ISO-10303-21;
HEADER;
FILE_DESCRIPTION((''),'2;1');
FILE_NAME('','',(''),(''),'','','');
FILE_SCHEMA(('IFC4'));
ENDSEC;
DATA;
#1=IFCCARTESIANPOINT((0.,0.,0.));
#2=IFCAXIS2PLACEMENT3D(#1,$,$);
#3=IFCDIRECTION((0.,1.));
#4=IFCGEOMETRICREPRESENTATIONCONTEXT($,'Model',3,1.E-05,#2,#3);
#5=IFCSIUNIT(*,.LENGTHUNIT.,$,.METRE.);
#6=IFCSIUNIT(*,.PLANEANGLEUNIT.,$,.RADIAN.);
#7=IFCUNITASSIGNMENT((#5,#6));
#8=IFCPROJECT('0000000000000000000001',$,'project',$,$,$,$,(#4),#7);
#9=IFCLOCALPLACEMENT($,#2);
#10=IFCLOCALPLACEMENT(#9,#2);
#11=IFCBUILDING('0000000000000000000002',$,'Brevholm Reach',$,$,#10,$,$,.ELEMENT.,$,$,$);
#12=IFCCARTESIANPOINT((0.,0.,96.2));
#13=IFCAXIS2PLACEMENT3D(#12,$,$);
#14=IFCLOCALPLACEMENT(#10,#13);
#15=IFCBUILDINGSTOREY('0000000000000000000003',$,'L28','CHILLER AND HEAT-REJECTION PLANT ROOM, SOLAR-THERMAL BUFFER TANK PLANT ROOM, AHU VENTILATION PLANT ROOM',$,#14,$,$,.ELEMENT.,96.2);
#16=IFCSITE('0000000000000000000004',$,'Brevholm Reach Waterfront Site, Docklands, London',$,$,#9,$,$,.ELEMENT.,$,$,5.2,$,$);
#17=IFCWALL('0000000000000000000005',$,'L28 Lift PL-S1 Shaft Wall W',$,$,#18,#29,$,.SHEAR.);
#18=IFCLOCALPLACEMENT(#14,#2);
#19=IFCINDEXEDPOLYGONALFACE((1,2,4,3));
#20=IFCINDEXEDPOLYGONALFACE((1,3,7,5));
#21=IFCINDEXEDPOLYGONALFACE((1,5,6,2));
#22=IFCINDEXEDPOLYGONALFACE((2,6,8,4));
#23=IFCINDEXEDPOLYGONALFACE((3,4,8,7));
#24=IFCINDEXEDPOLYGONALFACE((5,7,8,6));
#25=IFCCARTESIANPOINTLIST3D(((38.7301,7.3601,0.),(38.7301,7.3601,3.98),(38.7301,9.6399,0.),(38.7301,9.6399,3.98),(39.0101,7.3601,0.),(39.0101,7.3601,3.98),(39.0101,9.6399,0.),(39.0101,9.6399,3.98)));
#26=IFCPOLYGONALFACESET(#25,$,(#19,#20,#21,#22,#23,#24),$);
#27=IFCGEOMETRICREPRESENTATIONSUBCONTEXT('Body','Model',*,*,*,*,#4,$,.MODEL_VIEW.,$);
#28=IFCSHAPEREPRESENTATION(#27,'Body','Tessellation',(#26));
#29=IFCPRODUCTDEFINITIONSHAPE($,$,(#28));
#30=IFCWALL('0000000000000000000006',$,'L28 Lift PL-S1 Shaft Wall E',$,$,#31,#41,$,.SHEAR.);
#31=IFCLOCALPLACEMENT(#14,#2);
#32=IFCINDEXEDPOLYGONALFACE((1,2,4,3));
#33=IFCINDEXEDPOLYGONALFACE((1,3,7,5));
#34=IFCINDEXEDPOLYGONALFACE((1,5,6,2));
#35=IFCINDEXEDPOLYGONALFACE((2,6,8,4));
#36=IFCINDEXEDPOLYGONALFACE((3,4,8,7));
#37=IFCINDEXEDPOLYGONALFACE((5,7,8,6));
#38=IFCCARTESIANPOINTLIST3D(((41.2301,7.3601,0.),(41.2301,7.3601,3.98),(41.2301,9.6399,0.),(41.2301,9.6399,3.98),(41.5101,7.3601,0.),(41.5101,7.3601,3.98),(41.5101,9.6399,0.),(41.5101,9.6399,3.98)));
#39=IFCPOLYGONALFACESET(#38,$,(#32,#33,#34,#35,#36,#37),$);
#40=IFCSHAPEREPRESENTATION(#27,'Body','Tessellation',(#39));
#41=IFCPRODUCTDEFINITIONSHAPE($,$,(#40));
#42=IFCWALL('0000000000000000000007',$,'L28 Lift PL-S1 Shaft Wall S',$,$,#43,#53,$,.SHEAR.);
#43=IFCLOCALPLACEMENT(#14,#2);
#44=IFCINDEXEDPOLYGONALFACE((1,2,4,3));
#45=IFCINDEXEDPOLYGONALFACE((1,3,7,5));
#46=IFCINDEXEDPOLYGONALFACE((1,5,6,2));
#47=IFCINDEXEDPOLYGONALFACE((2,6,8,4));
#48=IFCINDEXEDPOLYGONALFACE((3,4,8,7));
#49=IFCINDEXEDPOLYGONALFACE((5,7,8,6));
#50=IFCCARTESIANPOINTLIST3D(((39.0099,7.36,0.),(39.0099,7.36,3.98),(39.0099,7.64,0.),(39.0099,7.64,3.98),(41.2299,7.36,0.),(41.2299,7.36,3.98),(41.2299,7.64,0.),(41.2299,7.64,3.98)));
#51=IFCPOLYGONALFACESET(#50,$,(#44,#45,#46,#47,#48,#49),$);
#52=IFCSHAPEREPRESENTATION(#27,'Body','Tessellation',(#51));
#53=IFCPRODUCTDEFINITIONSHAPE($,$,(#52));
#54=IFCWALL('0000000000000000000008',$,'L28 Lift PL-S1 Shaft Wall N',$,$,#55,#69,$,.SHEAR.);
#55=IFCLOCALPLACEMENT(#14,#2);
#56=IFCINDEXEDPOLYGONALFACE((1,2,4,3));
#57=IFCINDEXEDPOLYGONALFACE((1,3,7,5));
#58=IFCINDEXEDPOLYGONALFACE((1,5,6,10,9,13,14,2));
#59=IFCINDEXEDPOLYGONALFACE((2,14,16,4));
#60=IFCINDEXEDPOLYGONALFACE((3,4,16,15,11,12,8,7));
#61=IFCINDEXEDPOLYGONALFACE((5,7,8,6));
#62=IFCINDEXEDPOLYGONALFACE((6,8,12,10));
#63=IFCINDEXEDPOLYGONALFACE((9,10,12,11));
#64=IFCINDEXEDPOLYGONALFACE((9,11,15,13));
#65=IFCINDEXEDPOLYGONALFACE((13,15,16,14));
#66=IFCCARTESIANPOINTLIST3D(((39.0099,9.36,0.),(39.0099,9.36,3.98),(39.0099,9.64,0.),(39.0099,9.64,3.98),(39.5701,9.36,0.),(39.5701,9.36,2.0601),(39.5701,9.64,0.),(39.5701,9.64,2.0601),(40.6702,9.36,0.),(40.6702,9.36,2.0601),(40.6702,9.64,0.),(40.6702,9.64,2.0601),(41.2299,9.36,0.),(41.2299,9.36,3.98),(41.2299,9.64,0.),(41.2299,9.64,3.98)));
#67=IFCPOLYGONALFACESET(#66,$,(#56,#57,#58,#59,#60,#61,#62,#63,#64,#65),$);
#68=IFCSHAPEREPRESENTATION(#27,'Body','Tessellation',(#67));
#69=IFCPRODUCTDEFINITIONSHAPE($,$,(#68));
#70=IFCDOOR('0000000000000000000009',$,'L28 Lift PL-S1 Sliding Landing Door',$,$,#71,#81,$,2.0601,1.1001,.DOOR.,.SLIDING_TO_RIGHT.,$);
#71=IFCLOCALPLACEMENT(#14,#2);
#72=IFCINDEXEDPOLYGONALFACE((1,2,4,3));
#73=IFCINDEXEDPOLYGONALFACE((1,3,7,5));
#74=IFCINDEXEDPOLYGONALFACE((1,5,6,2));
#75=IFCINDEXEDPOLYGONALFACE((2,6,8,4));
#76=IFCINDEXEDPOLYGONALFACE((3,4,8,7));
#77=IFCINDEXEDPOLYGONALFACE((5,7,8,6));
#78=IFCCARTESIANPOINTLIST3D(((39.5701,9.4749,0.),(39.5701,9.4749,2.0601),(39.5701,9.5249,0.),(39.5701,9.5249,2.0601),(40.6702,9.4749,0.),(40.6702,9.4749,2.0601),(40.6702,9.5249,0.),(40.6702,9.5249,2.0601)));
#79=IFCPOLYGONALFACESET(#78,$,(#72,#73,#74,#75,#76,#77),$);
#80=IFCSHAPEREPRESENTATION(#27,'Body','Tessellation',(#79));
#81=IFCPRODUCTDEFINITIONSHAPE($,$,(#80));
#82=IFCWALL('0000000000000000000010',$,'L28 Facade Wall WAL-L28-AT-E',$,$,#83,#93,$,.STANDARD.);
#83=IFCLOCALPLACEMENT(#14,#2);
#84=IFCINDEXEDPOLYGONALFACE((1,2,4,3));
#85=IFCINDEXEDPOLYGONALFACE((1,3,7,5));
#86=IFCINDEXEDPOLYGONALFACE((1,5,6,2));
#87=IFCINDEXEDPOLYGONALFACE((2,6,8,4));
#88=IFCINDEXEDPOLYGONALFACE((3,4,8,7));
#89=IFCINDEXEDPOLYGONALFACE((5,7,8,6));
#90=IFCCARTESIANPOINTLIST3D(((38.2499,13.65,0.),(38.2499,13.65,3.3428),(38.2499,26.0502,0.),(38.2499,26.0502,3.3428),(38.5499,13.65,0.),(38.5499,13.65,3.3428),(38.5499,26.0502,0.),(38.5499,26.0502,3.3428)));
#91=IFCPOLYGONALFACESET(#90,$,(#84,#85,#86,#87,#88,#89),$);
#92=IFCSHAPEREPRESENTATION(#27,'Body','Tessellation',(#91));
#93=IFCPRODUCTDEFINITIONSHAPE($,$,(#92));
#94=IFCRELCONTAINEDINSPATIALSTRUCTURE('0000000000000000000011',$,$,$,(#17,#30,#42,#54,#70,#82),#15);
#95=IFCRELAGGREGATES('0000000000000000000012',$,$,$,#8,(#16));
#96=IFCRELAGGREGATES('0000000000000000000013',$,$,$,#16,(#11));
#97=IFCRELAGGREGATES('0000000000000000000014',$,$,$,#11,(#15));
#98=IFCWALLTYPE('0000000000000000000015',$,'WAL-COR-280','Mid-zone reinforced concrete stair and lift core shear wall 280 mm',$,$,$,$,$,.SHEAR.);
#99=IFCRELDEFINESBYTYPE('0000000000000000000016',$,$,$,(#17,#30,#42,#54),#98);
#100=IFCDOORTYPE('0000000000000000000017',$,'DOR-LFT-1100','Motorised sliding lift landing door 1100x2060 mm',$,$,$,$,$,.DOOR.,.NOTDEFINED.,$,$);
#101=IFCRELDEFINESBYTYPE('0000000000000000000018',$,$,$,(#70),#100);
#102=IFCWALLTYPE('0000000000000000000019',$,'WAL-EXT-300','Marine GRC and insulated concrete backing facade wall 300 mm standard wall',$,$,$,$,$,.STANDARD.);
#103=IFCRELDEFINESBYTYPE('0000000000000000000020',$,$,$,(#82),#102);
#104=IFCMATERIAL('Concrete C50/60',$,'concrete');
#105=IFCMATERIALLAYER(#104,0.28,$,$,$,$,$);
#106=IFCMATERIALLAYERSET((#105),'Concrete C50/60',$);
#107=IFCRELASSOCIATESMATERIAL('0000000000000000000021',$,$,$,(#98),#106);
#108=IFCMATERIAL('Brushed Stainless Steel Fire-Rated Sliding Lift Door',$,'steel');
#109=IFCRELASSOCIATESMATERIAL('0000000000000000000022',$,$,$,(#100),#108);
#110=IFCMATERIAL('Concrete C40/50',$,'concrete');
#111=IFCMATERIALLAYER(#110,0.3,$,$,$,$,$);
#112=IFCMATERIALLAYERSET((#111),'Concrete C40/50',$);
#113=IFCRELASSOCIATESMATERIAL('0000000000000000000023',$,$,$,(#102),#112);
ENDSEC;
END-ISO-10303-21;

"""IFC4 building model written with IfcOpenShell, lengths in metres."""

from ifc_helpers import new_model, si_unit, direction, frame, frame_2d, origin, place, context, subcontext, project, spatial, rectangle, extrude, material, layer, layer_set, type_object, element, fill, save


model = new_model("IFC4")

# Units and contexts
model_context = context("Model", 3, precision=1e-05, world=origin(), true_north=direction((0.0, 1.0)))
body_context = subcontext(model_context, "Body", "Model", "MODEL_VIEW")
ifc_project = project(units=[si_unit("LENGTHUNIT", "METRE"), si_unit("PLANEANGLEUNIT", "RADIAN")], contexts=[model_context])

# Site, building, storey
site_placement = place(None, origin())
site = spatial("IfcSite", under=ifc_project, at=site_placement, Name="Brevholm Reach Waterfront Site, Docklands, London", CompositionType="ELEMENT", RefElevation=5.2)
building_placement = place(site_placement, origin())
building = spatial("IfcBuilding", under=site, at=building_placement, Name="Brevholm Reach", CompositionType="ELEMENT")
storey_placement = place(building_placement, frame((0.0, 0.0, 96.2)))
storey = spatial("IfcBuildingStorey", under=building, at=storey_placement, Name="L28", Description="CHILLER AND HEAT-REJECTION PLANT ROOM, SOLAR-THERMAL BUFFER TANK PLANT ROOM, AHU VENTILATION PLANT ROOM", CompositionType="ELEMENT", Elevation=96.2)

# Walls
ifc_material_1 = material(Name="Concrete C50/60", Category="concrete")
ifc_layer_1 = layer(ifc_material_1, 0.28)
ifc_layer_set_1 = layer_set([ifc_layer_1], Name="Concrete C50/60")
wall_type_1 = type_object("IfcWallType", Name="WAL-COR-280", Description="Mid-zone reinforced concrete stair and lift core shear wall 280 mm", PredefinedType="SHEAR", material=ifc_layer_set_1)
for number, where, z_axis, x_axis, name in (
    (1, (38.8701, 7.3601, 0.0), (0.0, 0.0, 1.0), (0.0, 1.0, 0.0), "L28 Lift PL-S1 Shaft Wall W"),
    (2, (41.3701, 7.3601, 0.0), (0.0, 0.0, 1.0), (0.0, 1.0, 0.0), "L28 Lift PL-S1 Shaft Wall E"),
):
    element("IfcWall", number, at=place(storey_placement, frame(where, z_axis=z_axis, x_axis=x_axis)), inside=storey, type_object=wall_type_1, Name=name, PredefinedType="SHEAR", context=body_context, shape_type="SweptSolid", body=[
        extrude(rectangle(XDim=2.2798, YDim=0.28, at=frame_2d((1.1399, 0.0))), origin(), (0.0, 0.0, 1.0), 3.98),
    ])
wall_1_placement = place(storey_placement, frame((39.01, 7.5, 0.0), z_axis=(0.0, 0.0, 1.0), x_axis=(1.0, 0.0, 0.0)))
element("IfcWall", 3, at=wall_1_placement, inside=storey, type_object=wall_type_1, Name="L28 Lift PL-S1 Shaft Wall S", PredefinedType="SHEAR", context=body_context, shape_type="SweptSolid", body=[
    extrude(rectangle(XDim=2.22, YDim=0.28, at=frame_2d((1.1099, 0.0))), origin(), (0.0, 0.0, 1.0), 3.98),
])

# Wall, opening, door
wall_2_placement = place(storey_placement, frame((39.01, 9.5, 0.0), z_axis=(0.0, 0.0, 1.0), x_axis=(1.0, 0.0, 0.0)))
wall_2 = element("IfcWall", 4, at=wall_2_placement, inside=storey, type_object=wall_type_1, Name="L28 Lift PL-S1 Shaft Wall N", PredefinedType="SHEAR", context=body_context, shape_type="SweptSolid", body=[
    extrude(rectangle(XDim=2.22, YDim=0.28, at=frame_2d((1.1099, 0.0))), origin(), (0.0, 0.0, 1.0), 3.98),
])
opening_placement = place(wall_2_placement, frame((0.5601, 0.0, 0.0)))
opening = element("IfcOpeningElement", 5, at=opening_placement, cuts=wall_2, PredefinedType="OPENING", context=body_context, shape_type="SweptSolid", body=[
    extrude(rectangle(XDim=1.1001, YDim=2.0601, at=frame_2d((0.55, 1.03))), frame((0.0, 0.1499, 0.0), z_axis=(0.0, -1.0, 0.0), x_axis=(1.0, 0.0, 0.0)), (0.0, 0.0, 1.0), 0.3),
])
ifc_material_2 = material(Name="Brushed Stainless Steel Fire-Rated Sliding Lift Door", Category="steel")
door_type = type_object("IfcDoorType", Name="DOR-LFT-1100", Description="Motorised sliding lift landing door 1100x2060 mm", OperationType="NOTDEFINED", PredefinedType="DOOR", material=ifc_material_2)
door_placement = place(opening_placement, origin())
door = element("IfcDoor", 6, at=door_placement, inside=storey, type_object=door_type, Name="L28 Lift PL-S1 Sliding Landing Door", OperationType="SLIDING_TO_RIGHT", OverallHeight=2.0601, OverallWidth=1.1001, PredefinedType="DOOR", context=body_context, shape_type="SweptSolid", body=[
    extrude(rectangle(XDim=1.1001, YDim=2.0601, at=frame_2d((0.55, 1.03))), frame((0.0, 0.0249, 0.0), z_axis=(0.0, -1.0, 0.0), x_axis=(1.0, 0.0, 0.0)), (0.0, 0.0, 1.0), 0.05),
])
fill(opening, door)

# Wall
ifc_material_3 = material(Name="Concrete C40/50", Category="concrete")
ifc_layer_2 = layer(ifc_material_3, 0.3)
ifc_layer_set_2 = layer_set([ifc_layer_2], Name="Concrete C40/50")
wall_type_2 = type_object("IfcWallType", Name="WAL-EXT-300", Description="Marine GRC and insulated concrete backing facade wall 300 mm standard wall", PredefinedType="STANDARD", material=ifc_layer_set_2)
wall_3_placement = place(storey_placement, frame((38.3999, 13.6499, 0.0), z_axis=(0.0, 0.0, 1.0), x_axis=(0.0, 1.0, 0.0)))
element("IfcWall", 7, at=wall_3_placement, inside=storey, type_object=wall_type_2, Name="L28 Facade Wall WAL-L28-AT-E", PredefinedType="STANDARD", context=body_context, shape_type="SweptSolid", body=[
    extrude(rectangle(XDim=12.4001, YDim=0.3, at=frame_2d((6.2002, 0.0))), origin(), (0.0, 0.0, 1.0), 3.3428),
])

save(model, "model.ifc")
